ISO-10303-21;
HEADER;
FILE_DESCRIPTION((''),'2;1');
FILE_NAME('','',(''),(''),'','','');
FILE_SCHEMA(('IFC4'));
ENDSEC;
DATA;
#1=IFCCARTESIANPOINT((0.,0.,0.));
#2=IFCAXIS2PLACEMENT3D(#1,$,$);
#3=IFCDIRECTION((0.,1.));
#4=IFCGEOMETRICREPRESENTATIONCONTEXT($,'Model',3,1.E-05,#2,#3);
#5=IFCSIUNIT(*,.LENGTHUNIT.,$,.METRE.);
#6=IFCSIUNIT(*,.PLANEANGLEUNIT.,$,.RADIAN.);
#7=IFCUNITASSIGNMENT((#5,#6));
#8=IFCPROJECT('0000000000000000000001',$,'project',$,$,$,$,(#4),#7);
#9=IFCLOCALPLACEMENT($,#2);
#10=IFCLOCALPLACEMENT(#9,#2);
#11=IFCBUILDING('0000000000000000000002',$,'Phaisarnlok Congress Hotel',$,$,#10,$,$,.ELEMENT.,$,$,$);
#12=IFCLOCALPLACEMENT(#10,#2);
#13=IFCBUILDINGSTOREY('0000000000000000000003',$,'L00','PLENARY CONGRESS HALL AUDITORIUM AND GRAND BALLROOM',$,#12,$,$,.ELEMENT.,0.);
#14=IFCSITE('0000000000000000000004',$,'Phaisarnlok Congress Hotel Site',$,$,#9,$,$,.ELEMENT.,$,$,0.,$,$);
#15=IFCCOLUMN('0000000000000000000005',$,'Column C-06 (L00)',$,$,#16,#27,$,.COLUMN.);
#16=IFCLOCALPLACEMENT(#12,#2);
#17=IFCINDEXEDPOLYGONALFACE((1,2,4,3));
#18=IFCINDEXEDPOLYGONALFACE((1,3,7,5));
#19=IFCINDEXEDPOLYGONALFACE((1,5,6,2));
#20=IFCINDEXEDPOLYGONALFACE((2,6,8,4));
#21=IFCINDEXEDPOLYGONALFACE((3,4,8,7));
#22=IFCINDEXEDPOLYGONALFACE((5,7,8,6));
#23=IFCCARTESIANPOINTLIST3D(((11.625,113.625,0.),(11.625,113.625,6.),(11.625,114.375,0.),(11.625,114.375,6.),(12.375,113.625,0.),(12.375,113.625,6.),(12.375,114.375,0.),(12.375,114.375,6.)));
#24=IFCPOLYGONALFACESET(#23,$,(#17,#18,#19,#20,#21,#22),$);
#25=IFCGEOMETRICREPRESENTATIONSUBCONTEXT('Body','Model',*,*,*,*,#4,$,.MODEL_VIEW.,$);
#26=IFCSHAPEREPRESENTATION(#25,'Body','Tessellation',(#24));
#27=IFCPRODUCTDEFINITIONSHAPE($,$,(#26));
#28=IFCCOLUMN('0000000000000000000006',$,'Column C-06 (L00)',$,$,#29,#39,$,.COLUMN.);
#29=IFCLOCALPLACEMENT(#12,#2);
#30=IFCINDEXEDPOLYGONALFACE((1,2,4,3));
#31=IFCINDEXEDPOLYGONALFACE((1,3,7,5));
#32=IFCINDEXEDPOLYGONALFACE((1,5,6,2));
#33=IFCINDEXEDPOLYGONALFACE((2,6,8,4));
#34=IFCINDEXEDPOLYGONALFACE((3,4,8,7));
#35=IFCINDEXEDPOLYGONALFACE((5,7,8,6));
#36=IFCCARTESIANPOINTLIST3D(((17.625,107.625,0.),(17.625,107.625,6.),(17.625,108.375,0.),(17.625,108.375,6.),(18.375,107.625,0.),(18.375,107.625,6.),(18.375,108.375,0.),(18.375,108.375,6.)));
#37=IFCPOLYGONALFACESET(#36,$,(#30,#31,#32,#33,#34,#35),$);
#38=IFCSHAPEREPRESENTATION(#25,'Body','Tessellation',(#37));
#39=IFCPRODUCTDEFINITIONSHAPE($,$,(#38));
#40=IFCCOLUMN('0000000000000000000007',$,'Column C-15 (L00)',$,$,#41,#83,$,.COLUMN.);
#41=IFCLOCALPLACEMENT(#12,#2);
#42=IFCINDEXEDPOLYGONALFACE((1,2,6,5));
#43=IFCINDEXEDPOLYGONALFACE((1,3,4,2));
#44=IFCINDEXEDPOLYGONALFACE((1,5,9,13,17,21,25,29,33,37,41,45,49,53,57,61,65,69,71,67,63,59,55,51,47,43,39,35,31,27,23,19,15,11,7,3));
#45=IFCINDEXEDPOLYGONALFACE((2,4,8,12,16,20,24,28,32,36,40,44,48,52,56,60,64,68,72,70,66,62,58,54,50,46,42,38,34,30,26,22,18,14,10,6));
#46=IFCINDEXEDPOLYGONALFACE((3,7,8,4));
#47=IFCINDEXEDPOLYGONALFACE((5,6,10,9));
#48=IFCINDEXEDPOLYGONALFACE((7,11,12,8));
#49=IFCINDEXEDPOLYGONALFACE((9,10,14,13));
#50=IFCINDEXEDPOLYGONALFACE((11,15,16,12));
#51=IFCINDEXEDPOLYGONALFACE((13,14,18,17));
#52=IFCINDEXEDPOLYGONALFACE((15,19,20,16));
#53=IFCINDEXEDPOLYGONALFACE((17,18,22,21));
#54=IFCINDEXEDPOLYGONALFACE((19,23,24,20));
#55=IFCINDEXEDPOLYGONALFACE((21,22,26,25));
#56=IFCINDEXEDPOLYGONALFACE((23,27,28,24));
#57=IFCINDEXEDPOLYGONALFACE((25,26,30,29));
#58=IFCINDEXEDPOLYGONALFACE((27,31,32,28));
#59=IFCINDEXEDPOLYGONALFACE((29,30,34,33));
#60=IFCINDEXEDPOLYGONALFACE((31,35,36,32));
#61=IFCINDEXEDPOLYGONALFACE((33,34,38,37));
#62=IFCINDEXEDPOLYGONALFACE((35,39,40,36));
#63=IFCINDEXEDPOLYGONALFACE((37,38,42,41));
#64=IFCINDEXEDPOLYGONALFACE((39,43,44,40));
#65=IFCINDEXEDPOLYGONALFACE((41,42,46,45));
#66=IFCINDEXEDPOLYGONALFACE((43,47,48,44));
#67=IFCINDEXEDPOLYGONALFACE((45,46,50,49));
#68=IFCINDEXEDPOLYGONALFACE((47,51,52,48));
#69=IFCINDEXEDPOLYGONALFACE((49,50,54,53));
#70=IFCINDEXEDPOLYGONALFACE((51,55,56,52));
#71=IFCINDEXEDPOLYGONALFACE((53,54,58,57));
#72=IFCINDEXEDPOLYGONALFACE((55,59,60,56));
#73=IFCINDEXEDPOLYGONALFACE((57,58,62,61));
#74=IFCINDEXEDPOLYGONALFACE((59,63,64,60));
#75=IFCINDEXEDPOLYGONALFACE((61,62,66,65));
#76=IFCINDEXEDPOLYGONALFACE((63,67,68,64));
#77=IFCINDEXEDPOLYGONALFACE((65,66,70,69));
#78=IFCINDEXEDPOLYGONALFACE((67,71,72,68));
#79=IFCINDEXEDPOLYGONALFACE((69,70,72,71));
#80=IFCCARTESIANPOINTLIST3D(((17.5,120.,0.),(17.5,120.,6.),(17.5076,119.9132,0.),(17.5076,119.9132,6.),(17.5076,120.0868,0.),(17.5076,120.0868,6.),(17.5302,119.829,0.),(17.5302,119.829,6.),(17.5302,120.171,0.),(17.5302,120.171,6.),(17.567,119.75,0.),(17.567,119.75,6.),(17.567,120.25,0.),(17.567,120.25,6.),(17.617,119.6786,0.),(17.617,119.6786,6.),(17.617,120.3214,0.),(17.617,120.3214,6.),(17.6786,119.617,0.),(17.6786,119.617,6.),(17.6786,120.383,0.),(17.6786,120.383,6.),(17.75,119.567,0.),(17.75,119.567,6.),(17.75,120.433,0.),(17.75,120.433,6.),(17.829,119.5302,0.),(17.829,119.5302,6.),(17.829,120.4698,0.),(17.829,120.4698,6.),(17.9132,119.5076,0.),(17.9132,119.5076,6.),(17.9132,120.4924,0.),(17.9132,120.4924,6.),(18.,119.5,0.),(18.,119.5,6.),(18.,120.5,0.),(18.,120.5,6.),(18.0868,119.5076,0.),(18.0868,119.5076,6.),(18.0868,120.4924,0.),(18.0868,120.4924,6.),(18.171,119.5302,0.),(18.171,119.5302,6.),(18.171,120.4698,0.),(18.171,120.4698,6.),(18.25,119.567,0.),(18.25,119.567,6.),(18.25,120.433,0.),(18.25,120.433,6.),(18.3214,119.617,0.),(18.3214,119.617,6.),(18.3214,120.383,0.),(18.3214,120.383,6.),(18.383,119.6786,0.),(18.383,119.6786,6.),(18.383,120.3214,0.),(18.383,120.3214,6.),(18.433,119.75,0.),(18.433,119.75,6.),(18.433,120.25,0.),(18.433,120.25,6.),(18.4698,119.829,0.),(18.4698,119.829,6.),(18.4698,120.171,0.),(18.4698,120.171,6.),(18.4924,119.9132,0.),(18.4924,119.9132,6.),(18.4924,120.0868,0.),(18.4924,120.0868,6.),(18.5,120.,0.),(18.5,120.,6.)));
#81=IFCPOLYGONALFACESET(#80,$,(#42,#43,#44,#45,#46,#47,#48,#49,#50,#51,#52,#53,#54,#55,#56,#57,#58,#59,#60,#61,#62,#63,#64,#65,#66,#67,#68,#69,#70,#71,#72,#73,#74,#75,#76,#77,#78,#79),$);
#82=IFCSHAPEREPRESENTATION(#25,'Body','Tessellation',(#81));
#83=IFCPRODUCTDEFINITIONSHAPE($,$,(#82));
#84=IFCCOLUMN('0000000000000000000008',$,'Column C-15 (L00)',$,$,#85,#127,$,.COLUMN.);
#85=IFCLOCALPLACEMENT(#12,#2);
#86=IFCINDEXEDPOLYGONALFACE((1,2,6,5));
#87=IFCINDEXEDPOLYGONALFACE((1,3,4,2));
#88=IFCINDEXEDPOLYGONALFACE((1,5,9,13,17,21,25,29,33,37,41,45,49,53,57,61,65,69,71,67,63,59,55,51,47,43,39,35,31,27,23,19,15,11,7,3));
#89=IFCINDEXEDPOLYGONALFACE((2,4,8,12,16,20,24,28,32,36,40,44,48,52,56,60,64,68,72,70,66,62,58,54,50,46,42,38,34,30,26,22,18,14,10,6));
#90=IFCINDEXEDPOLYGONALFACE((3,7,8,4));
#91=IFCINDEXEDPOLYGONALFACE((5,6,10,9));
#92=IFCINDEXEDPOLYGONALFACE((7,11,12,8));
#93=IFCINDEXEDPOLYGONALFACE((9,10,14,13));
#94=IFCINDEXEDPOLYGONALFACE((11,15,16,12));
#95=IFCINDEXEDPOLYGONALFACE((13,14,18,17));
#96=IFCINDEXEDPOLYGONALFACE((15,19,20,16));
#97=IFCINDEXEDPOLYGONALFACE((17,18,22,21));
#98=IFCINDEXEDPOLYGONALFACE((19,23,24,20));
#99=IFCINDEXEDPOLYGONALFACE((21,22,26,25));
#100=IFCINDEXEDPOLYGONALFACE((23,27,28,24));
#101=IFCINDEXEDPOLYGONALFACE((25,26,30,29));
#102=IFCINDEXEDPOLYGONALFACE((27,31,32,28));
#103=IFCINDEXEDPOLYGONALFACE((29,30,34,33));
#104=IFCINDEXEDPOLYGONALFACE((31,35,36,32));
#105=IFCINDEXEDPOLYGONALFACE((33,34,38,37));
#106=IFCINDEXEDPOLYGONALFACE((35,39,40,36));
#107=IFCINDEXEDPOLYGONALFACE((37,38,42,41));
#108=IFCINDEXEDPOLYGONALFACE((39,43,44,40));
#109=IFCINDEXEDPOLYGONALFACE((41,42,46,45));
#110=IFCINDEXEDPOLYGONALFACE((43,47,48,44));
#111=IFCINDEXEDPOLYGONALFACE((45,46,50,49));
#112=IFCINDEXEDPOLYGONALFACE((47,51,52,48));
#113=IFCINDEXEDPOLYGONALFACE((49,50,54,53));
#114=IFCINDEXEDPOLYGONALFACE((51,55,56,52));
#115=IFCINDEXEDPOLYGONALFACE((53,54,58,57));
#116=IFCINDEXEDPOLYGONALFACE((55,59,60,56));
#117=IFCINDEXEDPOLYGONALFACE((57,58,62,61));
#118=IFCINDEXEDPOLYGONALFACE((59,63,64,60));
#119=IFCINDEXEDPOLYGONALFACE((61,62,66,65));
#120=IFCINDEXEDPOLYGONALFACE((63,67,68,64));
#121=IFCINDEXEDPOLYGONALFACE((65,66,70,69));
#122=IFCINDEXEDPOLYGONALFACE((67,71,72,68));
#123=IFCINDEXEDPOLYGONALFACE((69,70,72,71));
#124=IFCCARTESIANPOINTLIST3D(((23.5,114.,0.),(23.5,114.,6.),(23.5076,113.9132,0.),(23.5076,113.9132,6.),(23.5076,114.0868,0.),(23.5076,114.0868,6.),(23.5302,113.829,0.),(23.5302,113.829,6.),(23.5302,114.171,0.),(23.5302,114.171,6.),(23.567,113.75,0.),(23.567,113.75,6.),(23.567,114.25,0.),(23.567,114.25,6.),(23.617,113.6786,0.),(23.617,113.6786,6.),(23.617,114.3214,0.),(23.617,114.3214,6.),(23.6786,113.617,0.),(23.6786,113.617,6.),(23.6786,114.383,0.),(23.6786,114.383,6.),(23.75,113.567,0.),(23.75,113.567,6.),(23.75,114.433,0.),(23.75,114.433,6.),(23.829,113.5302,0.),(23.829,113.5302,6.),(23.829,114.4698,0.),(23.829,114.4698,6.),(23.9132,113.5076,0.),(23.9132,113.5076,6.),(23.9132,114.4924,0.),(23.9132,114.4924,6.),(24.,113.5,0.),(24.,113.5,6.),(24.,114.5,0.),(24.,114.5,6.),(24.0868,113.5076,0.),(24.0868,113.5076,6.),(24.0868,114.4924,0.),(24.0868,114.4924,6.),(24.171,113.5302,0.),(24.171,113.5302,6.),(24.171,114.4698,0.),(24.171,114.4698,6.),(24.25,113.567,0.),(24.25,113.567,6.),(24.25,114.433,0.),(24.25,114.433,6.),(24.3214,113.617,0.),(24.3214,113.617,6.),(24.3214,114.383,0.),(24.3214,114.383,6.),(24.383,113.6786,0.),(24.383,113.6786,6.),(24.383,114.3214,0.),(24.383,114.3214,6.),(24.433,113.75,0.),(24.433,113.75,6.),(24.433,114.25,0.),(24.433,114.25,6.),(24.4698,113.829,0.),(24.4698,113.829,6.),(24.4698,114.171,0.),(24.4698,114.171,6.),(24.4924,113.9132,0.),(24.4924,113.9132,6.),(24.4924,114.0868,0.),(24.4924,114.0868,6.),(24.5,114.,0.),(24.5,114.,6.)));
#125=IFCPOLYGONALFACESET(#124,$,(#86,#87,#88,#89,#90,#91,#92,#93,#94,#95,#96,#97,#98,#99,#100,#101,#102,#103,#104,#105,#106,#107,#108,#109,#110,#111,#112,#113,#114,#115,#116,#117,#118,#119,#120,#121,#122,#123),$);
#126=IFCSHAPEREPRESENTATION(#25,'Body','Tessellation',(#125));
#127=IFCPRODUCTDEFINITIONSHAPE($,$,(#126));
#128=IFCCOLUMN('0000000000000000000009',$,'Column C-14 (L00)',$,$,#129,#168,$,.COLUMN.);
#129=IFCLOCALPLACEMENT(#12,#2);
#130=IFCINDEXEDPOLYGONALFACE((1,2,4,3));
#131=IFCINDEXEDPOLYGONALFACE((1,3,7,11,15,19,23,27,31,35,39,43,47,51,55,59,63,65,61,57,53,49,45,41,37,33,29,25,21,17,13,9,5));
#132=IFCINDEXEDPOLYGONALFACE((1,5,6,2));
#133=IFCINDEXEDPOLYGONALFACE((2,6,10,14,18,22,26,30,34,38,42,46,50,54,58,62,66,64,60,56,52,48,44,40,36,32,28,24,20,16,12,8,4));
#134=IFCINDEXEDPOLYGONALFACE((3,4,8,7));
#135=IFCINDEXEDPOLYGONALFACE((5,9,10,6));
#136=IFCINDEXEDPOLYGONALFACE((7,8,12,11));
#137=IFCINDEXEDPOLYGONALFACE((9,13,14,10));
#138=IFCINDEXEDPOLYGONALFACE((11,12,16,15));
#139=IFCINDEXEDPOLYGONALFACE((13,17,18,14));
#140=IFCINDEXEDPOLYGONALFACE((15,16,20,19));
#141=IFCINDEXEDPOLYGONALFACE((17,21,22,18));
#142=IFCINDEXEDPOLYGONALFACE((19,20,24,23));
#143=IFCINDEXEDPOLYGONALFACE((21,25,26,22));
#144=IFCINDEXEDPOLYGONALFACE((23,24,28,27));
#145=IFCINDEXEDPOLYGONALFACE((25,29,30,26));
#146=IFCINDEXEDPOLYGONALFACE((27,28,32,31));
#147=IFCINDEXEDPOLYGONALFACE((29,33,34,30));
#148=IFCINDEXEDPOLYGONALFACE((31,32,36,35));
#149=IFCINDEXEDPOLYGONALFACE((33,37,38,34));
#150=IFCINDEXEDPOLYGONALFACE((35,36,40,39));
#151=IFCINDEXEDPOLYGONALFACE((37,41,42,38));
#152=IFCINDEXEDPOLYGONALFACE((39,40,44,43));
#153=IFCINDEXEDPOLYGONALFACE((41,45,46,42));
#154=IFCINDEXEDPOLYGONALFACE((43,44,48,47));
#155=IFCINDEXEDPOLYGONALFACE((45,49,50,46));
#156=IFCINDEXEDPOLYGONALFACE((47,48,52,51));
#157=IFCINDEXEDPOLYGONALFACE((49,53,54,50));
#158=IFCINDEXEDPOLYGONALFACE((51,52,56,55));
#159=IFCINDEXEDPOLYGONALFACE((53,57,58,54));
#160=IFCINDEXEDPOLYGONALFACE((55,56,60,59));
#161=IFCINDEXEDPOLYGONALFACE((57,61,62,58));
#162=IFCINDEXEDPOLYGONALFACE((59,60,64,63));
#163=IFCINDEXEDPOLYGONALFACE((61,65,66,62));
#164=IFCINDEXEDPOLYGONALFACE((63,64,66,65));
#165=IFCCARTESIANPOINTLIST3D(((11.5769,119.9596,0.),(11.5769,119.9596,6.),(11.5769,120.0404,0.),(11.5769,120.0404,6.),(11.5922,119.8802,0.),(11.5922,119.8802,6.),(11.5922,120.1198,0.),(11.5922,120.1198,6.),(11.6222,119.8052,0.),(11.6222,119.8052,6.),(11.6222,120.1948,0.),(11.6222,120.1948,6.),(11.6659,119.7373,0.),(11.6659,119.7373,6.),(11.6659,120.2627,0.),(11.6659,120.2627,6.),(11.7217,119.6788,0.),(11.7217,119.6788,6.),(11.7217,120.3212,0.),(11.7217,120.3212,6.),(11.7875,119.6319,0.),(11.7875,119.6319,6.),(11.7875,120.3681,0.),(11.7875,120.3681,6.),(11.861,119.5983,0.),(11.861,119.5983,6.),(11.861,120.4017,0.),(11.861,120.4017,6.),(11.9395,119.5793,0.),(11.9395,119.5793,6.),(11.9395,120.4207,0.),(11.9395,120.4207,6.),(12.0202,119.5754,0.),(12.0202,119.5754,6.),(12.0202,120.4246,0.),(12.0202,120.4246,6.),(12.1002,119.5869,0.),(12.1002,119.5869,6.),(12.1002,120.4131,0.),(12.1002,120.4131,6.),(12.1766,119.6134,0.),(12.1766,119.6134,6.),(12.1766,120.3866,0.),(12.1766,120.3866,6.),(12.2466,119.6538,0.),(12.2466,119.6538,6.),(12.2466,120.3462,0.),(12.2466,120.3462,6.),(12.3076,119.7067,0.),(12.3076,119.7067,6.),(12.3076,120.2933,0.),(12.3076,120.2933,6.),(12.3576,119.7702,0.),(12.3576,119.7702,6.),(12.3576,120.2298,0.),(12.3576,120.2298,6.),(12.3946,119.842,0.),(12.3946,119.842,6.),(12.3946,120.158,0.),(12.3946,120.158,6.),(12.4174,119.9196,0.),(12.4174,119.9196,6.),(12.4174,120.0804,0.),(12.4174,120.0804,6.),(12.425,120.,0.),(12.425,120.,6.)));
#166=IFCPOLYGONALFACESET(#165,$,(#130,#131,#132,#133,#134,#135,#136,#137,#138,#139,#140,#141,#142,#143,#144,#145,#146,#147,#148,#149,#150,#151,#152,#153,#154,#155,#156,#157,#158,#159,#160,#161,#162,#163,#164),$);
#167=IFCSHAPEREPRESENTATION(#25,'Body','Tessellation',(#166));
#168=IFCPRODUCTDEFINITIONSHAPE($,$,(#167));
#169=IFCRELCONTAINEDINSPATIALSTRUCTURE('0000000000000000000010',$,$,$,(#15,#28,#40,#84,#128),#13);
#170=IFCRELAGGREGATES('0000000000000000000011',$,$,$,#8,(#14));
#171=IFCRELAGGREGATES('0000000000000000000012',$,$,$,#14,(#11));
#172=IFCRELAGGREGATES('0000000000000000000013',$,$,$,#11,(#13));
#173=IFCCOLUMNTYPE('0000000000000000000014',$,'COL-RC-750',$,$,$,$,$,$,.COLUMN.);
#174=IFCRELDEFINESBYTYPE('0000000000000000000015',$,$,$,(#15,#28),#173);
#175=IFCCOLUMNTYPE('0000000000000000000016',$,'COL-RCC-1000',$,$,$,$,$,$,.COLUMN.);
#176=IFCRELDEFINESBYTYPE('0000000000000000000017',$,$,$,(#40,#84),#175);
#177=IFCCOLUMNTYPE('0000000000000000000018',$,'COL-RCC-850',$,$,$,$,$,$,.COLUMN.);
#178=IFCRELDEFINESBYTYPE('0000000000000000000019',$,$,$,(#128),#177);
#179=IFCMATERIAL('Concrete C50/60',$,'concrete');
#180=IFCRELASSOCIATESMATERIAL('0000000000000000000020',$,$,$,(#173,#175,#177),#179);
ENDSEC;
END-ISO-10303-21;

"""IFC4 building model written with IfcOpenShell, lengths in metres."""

from ifc_helpers import new_model, si_unit, direction, frame, origin, origin_2d, place, context, subcontext, project, spatial, rectangle, circle, extrude, material, material_profile, profile_set, type_object, element, save


model = new_model("IFC4")

# Units and contexts
model_context = context("Model", 3, precision=1e-05, world=origin(), true_north=direction((0.0, 1.0)))
body_context = subcontext(model_context, "Body", "Model", "MODEL_VIEW")
ifc_project = project(units=[si_unit("LENGTHUNIT", "METRE"), si_unit("PLANEANGLEUNIT", "RADIAN")], contexts=[model_context])

# Site, building, storey
site_placement = place(None, origin())
site = spatial("IfcSite", under=ifc_project, at=site_placement, Name="Phaisarnlok Congress Hotel Site", CompositionType="ELEMENT", RefElevation=0.0)
building_placement = place(site_placement, origin())
building = spatial("IfcBuilding", under=site, at=building_placement, Name="Phaisarnlok Congress Hotel", CompositionType="ELEMENT")
storey_placement = place(building_placement, origin())
storey = spatial("IfcBuildingStorey", under=building, at=storey_placement, Name="L00", Description="PLENARY CONGRESS HALL AUDITORIUM AND GRAND BALLROOM", CompositionType="ELEMENT", Elevation=0.0)

# Columns
ifc_material_1 = material(Name="Concrete C50/60", Category="concrete")
ifc_material_profile_1 = material_profile(ifc_material_1, rectangle(XDim=0.75, YDim=0.75, at=origin_2d()), Name="RC 750x750")
ifc_profile_set_1 = profile_set([ifc_material_profile_1], Name="Concrete C50/60")
column_type_1 = type_object("IfcColumnType", Name="COL-RC-750", PredefinedType="COLUMN", material=ifc_profile_set_1)
for number, where, z_axis, x_axis, name in (
    (1, (12.0, 114.0, 0.0), (0.0, 0.0, 1.0), (1.0, 0.0, 0.0), "Column C-06 (L00)"),
    (2, (18.0, 108.0, 0.0), (0.0, 0.0, 1.0), (1.0, 0.0, 0.0), "Column C-06 (L00)"),
):
    element("IfcColumn", number, at=place(storey_placement, frame(where, z_axis=z_axis, x_axis=x_axis)), inside=storey, type_object=column_type_1, Name=name, PredefinedType="COLUMN", context=body_context, shape_type="SweptSolid", body=[
        extrude(rectangle(XDim=0.75, YDim=0.75, at=origin_2d()), origin(), (0.0, 0.0, 1.0), 6.0),
    ])
ifc_material_profile_2 = material_profile(ifc_material_1, circle(Radius=0.5, at=origin_2d()), Name="RCC D1000")
ifc_profile_set_2 = profile_set([ifc_material_profile_2], Name="Concrete C50/60")
column_type_2 = type_object("IfcColumnType", Name="COL-RCC-1000", PredefinedType="COLUMN", material=ifc_profile_set_2)
for number, where, z_axis, x_axis, name in (
    (3, (18.0, 120.0, 0.0), (0.0, 0.0, 1.0), (1.0, 0.0, 0.0), "Column C-15 (L00)"),
    (4, (24.0, 114.0, 0.0), (0.0, 0.0, 1.0), (1.0, 0.0, 0.0), "Column C-15 (L00)"),
):
    element("IfcColumn", number, at=place(storey_placement, frame(where, z_axis=z_axis, x_axis=x_axis)), inside=storey, type_object=column_type_2, Name=name, PredefinedType="COLUMN", context=body_context, shape_type="SweptSolid", body=[
        extrude(circle(Radius=0.5, at=origin_2d()), origin(), (0.0, 0.0, 1.0), 6.0),
    ])
ifc_material_profile_3 = material_profile(ifc_material_1, circle(Radius=0.425, at=origin_2d()), Name="RCC D850")
ifc_profile_set_3 = profile_set([ifc_material_profile_3], Name="Concrete C50/60")
column_type_3 = type_object("IfcColumnType", Name="COL-RCC-850", PredefinedType="COLUMN", material=ifc_profile_set_3)
for number, where, z_axis, x_axis, name in (
    (5, (12.0, 120.0, 0.0), (0.0, 0.0, 1.0), (1.0, 0.0, 0.0), "Column C-14 (L00)"),
):
    element("IfcColumn", number, at=place(storey_placement, frame(where, z_axis=z_axis, x_axis=x_axis)), inside=storey, type_object=column_type_3, Name=name, PredefinedType="COLUMN", context=body_context, shape_type="SweptSolid", body=[
        extrude(circle(Radius=0.425, at=origin_2d()), origin(), (0.0, 0.0, 1.0), 6.0),
    ])

save(model, "model.ifc")
